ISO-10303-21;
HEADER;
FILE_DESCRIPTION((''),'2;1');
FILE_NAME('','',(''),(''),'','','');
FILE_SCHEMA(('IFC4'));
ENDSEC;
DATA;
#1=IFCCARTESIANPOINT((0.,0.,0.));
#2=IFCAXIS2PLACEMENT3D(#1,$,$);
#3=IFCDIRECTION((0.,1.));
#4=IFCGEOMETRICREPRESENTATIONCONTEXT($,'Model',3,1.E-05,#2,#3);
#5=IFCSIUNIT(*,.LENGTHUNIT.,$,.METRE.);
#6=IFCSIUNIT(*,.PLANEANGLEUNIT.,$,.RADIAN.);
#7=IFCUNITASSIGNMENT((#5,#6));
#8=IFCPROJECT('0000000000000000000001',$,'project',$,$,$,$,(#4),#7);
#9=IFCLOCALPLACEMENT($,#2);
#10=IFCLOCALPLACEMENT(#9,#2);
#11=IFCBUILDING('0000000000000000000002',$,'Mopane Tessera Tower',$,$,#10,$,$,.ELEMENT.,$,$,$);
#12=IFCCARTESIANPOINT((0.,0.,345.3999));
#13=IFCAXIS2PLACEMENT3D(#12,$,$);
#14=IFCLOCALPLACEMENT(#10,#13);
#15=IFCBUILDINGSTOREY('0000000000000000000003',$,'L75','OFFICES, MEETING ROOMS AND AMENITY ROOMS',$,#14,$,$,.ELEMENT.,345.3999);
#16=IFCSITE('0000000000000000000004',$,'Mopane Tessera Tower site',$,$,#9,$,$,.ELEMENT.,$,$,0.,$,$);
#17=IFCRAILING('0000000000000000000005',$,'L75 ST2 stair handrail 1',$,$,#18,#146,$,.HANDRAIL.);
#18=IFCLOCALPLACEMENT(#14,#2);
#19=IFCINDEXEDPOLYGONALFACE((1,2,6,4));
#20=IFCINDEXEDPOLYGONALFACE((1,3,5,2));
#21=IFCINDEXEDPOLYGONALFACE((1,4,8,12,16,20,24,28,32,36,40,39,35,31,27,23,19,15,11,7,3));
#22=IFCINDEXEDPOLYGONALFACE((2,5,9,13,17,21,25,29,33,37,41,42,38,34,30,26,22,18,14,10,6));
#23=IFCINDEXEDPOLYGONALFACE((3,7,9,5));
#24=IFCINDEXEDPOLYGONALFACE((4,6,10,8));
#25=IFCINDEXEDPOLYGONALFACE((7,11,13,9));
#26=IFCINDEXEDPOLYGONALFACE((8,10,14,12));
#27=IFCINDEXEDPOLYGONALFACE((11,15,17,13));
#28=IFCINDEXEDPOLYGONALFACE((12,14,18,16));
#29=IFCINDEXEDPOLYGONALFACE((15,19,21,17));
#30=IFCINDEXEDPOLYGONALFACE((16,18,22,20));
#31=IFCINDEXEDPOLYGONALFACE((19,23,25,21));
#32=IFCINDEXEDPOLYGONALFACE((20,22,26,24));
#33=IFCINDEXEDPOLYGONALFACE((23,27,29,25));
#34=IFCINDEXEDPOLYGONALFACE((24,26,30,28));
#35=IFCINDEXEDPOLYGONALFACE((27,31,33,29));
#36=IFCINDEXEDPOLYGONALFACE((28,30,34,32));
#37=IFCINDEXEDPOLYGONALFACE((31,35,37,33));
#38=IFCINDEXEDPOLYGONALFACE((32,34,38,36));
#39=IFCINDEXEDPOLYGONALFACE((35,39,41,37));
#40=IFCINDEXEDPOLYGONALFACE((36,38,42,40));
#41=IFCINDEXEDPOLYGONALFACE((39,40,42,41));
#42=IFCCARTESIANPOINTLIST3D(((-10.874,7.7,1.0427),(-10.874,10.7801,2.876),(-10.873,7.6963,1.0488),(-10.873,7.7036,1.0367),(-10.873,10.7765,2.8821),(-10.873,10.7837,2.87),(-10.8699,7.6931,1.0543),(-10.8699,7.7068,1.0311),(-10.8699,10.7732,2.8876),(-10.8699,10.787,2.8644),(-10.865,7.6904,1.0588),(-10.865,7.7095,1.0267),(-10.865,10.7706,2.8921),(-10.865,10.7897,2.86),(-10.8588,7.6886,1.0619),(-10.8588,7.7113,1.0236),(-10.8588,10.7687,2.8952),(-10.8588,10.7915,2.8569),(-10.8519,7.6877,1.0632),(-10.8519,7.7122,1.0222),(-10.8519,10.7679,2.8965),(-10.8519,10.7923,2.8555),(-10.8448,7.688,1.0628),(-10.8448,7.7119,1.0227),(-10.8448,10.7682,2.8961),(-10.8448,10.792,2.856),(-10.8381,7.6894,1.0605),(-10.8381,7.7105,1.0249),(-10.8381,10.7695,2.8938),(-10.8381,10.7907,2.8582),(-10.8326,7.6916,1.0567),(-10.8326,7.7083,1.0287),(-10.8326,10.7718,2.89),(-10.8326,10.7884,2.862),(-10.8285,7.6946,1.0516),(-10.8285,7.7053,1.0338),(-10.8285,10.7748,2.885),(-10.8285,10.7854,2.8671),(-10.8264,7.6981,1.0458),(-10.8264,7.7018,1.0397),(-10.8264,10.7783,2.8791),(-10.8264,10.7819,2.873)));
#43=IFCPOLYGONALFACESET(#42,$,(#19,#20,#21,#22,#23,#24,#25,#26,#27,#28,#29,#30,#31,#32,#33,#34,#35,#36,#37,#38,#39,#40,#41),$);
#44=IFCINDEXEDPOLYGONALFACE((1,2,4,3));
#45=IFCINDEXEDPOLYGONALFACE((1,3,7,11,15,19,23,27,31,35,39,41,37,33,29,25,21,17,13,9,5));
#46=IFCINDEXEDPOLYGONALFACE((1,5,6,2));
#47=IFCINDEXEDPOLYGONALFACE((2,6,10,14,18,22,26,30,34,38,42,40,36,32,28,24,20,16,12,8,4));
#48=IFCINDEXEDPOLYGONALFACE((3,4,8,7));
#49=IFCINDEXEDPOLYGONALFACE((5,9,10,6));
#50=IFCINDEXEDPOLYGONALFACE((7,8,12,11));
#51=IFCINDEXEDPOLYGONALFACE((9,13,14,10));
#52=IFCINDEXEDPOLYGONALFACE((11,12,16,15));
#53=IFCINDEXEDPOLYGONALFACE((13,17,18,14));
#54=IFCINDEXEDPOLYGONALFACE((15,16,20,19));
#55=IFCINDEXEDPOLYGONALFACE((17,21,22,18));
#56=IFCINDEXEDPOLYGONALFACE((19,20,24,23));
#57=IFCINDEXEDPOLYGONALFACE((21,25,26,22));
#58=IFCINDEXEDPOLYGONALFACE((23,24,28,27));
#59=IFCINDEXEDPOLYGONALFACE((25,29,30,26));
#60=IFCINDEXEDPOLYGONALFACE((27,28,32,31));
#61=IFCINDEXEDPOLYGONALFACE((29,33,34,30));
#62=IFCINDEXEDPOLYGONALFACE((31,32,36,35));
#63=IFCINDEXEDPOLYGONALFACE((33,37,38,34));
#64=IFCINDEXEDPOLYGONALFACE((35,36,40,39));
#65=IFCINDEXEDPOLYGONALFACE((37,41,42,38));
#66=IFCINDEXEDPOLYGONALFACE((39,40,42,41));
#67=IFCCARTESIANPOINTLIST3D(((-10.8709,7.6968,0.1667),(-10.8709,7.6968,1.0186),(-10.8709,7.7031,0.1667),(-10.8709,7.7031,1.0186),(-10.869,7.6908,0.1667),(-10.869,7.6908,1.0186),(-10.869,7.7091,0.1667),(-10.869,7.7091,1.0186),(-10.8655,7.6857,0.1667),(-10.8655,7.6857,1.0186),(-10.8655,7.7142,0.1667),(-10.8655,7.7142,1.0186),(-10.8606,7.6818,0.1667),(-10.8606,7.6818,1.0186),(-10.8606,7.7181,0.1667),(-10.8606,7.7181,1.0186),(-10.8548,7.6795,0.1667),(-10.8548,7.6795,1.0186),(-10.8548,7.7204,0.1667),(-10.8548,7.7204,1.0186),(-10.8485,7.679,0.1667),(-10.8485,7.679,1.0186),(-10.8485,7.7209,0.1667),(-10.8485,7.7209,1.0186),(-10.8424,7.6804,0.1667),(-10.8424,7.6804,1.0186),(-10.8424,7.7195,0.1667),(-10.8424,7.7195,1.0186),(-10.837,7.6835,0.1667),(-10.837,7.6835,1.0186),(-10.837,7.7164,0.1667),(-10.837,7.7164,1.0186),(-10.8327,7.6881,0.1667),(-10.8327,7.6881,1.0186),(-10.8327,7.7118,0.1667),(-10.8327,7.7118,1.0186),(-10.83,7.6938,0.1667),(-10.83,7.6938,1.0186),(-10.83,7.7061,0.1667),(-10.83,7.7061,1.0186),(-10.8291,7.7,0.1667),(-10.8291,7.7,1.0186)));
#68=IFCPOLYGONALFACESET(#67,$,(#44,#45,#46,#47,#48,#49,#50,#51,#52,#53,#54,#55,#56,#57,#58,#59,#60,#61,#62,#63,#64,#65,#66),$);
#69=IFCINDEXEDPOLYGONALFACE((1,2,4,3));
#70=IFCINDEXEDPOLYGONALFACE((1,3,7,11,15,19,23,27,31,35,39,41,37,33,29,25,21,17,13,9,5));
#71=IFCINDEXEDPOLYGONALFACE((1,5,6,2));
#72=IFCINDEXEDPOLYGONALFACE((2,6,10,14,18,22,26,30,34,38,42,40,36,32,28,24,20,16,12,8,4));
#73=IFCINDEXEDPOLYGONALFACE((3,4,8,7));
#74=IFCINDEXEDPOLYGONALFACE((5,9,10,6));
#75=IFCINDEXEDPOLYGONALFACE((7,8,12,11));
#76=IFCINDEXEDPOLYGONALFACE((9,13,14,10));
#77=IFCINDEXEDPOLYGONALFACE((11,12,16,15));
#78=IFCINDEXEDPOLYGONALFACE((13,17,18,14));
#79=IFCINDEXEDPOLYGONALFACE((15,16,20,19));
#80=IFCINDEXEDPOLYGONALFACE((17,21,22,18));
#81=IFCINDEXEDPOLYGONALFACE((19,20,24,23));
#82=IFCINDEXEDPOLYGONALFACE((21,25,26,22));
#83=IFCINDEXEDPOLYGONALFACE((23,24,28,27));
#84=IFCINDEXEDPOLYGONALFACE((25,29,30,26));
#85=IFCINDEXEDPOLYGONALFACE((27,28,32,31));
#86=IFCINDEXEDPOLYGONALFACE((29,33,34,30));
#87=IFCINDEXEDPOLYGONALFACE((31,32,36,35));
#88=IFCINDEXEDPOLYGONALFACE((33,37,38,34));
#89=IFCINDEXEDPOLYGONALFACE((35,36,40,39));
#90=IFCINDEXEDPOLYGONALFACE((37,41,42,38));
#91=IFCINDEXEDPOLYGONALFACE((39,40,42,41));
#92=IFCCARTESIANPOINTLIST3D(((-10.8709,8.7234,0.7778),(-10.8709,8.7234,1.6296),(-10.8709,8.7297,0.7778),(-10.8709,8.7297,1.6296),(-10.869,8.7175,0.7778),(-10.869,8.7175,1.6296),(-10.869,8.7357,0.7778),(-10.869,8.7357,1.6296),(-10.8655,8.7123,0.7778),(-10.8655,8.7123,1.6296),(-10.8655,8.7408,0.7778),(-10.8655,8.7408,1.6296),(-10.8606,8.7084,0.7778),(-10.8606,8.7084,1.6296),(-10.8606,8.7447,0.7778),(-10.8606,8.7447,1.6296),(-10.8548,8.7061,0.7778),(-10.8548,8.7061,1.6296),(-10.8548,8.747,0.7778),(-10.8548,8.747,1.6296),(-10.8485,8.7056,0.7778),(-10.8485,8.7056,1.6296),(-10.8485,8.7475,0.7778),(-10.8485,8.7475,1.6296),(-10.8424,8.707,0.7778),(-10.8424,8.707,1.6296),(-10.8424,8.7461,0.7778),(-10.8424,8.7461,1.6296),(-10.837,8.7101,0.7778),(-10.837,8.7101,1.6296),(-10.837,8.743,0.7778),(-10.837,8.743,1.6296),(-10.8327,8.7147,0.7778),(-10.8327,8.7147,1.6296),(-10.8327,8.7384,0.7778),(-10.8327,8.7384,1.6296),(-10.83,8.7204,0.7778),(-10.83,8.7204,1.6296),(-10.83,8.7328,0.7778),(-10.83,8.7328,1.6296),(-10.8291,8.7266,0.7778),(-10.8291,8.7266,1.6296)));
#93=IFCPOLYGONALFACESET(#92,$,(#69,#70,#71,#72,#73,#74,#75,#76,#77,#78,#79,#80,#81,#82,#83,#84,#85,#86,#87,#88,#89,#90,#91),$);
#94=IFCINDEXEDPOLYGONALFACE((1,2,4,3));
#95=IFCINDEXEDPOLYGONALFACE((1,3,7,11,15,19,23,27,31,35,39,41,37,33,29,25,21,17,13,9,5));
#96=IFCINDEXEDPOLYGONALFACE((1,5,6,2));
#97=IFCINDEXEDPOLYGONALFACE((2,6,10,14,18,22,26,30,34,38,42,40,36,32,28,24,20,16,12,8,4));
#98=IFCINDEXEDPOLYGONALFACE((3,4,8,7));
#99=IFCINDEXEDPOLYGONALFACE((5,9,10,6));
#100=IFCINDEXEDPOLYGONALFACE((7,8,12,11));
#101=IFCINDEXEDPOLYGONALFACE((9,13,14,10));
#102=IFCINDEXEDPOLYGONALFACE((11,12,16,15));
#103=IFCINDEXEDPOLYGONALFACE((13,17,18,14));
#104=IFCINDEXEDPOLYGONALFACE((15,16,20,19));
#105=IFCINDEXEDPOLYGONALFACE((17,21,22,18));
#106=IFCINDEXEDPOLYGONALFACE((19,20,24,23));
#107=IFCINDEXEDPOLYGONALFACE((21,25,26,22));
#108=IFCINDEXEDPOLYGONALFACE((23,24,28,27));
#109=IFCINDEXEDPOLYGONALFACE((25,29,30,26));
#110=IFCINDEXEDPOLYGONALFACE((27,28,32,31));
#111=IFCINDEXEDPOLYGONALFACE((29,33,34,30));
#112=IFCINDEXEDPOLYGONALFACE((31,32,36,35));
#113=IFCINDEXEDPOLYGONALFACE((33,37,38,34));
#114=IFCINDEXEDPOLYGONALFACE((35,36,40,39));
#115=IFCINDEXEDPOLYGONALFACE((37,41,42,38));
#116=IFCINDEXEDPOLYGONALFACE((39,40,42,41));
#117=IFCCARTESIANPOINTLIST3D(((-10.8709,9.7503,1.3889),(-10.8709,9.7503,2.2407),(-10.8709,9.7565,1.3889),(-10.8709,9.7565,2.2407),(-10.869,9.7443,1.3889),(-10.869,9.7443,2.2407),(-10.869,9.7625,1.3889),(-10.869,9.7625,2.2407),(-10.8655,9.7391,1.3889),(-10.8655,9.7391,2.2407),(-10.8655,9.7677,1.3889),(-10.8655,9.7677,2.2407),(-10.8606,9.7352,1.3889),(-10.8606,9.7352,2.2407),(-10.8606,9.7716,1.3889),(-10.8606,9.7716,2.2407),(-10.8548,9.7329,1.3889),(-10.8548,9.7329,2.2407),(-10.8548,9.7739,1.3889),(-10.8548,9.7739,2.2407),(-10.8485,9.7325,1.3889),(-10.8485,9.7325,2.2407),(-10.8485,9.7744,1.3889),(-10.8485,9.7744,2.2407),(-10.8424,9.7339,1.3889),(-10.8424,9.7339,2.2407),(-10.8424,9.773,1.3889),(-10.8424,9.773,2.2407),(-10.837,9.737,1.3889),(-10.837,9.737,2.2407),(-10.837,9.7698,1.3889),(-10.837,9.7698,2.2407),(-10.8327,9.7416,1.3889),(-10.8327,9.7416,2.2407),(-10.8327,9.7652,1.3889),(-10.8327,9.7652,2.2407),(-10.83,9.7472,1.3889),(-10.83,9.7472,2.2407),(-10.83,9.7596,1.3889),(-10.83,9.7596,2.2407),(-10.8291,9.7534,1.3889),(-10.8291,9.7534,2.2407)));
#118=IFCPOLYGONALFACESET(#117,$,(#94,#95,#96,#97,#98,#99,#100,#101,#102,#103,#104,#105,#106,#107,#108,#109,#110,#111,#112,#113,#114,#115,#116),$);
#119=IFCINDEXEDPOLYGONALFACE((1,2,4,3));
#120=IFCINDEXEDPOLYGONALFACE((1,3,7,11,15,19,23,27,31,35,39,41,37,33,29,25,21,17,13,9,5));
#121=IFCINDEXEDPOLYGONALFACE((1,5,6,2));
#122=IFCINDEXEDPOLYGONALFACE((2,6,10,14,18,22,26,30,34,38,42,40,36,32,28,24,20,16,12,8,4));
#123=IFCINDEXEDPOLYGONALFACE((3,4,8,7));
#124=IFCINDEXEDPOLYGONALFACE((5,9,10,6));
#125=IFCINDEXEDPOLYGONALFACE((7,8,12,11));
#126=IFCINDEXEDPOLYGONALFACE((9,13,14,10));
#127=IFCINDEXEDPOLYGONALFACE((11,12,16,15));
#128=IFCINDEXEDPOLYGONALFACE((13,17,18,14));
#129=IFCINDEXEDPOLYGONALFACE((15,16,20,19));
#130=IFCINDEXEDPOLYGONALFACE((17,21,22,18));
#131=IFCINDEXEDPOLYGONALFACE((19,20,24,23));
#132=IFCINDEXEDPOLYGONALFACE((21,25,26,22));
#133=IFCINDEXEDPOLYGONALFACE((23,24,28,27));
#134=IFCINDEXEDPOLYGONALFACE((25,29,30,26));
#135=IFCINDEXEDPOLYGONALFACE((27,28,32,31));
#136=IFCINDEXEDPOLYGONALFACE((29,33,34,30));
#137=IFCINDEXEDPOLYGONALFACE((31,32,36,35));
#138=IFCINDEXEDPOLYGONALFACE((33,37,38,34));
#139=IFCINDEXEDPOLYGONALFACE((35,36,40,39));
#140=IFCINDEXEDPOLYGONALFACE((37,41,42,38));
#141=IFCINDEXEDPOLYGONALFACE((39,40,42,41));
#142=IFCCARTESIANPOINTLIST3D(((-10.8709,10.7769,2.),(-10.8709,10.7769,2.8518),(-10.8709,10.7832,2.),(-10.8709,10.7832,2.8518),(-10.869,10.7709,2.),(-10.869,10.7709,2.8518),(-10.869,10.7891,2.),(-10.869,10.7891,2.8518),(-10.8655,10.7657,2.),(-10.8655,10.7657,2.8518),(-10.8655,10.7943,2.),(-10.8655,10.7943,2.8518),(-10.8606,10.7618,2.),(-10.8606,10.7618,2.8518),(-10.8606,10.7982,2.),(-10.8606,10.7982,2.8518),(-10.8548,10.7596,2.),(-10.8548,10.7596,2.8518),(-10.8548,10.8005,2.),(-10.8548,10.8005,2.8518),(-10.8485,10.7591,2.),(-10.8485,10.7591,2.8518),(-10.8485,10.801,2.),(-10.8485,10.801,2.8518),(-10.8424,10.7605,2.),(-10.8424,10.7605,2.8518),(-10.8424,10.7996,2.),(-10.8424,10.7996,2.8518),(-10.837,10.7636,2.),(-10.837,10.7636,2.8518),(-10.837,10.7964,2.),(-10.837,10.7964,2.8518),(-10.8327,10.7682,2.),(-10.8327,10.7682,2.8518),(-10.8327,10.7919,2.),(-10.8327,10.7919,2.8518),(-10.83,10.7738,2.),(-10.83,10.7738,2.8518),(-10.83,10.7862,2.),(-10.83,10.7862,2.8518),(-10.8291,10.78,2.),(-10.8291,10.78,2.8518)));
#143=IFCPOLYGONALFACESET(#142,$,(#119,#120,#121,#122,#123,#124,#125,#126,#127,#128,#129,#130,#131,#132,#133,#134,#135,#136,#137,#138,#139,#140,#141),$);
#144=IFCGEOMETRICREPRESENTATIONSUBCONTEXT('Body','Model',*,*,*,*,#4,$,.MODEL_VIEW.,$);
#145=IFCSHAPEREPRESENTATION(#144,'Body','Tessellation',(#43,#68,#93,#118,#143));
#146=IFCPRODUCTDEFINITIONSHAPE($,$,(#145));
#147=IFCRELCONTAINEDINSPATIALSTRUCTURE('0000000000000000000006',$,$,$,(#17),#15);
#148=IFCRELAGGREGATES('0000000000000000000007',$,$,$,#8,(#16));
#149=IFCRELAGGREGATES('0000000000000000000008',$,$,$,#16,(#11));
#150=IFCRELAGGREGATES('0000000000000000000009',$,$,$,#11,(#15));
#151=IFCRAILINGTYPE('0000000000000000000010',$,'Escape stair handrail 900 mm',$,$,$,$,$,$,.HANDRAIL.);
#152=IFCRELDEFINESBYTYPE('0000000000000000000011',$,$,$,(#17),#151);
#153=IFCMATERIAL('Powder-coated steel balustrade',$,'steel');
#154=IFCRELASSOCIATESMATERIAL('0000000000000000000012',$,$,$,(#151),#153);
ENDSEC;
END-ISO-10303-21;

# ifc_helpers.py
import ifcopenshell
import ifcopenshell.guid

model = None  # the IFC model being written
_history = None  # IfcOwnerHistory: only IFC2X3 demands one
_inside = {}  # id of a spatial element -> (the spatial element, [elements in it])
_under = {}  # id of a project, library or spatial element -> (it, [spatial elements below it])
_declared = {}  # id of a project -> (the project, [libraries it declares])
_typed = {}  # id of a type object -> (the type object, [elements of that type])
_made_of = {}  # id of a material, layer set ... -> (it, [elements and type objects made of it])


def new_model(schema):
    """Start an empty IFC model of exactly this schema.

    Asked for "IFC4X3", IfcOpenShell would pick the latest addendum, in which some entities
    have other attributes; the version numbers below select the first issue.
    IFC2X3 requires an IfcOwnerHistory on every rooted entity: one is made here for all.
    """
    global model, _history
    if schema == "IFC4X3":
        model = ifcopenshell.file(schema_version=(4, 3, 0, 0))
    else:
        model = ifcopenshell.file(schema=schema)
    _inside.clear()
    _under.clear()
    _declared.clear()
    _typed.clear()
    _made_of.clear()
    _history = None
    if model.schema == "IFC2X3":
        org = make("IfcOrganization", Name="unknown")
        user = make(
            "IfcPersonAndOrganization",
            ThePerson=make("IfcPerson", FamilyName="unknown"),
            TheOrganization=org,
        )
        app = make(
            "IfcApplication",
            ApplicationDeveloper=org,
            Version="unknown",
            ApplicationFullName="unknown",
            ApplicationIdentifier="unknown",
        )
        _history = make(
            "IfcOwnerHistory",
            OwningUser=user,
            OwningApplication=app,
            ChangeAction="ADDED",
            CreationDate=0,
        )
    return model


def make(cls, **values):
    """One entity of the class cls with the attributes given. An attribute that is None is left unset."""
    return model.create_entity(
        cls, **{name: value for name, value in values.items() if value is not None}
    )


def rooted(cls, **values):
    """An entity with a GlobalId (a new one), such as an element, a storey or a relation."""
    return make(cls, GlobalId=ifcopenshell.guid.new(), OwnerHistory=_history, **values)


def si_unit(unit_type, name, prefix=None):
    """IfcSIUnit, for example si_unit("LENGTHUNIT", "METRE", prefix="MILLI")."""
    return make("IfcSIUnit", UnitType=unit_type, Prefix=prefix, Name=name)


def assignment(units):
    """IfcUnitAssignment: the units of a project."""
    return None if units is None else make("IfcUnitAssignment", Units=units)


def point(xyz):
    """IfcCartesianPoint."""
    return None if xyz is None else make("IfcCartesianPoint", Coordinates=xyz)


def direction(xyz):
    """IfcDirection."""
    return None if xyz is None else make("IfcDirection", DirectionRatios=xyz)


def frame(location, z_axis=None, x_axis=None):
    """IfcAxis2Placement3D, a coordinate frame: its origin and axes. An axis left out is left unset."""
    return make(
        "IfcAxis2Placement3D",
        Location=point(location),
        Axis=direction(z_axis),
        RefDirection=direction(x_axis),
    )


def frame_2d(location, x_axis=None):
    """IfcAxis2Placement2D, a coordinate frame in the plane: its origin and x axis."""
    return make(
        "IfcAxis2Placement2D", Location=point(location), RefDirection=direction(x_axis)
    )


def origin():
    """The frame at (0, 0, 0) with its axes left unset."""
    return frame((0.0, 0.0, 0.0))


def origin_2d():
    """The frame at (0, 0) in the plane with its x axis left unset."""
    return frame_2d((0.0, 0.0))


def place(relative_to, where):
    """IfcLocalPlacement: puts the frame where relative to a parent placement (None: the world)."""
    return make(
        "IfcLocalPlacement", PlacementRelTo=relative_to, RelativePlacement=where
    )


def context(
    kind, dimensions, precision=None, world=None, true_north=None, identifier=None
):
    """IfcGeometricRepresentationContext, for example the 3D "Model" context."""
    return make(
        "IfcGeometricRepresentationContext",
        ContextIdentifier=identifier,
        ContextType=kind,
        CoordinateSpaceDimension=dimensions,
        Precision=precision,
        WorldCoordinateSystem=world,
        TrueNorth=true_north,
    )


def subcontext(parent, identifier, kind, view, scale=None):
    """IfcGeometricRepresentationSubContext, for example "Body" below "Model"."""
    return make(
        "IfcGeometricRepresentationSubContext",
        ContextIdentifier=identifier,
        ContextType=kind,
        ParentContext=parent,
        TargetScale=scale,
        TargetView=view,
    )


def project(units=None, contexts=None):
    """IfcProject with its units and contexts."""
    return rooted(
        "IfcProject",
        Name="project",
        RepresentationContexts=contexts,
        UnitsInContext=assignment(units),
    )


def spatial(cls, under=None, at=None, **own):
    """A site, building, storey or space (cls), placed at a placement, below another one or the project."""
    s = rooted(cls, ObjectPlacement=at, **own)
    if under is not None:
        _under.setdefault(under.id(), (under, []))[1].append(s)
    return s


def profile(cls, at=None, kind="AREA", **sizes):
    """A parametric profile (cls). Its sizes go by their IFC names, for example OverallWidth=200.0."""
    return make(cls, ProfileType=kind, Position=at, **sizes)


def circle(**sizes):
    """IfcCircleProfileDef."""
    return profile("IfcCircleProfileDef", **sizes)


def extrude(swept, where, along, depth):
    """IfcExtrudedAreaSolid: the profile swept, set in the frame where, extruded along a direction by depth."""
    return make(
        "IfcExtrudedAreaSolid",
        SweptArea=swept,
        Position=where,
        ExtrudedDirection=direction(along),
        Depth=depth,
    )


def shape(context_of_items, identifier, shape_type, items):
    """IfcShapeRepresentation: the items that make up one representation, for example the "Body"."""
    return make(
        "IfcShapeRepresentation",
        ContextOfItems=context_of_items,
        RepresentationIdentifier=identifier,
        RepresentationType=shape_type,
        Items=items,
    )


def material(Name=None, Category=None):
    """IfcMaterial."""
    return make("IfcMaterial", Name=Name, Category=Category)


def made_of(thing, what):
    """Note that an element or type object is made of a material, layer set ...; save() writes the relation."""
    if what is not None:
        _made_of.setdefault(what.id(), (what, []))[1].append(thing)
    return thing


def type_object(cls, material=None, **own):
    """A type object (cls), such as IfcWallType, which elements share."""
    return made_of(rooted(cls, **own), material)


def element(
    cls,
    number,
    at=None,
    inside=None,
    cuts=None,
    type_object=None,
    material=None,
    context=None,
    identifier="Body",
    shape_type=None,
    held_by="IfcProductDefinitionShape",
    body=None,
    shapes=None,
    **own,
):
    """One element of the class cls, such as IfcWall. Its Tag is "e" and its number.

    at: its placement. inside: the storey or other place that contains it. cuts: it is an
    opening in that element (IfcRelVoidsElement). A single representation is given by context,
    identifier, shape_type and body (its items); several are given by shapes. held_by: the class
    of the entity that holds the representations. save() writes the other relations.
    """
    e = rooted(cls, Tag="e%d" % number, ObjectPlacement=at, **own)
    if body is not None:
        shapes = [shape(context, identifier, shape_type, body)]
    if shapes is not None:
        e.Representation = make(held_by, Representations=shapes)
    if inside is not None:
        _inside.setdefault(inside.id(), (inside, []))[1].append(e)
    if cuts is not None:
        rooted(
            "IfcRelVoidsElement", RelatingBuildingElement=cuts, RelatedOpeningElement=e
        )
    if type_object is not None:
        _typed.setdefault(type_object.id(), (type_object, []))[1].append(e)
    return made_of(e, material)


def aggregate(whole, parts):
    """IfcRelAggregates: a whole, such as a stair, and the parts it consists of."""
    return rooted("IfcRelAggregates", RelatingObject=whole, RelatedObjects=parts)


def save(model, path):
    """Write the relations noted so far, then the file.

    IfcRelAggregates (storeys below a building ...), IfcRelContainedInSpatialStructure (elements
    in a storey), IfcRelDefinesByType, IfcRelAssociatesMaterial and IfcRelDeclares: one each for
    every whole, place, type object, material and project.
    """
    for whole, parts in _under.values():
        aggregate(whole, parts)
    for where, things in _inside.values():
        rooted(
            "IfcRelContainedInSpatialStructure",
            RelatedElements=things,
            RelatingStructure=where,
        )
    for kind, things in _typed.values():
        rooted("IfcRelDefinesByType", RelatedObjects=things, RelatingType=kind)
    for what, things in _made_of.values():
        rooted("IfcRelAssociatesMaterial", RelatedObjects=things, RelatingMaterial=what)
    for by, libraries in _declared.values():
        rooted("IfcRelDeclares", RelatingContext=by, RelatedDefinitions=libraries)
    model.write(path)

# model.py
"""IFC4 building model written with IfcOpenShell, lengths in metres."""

from ifc_helpers import new_model, si_unit, direction, frame, origin, origin_2d, place, context, subcontext, project, spatial, circle, extrude, material, type_object, element, save


model = new_model("IFC4")

# Units and contexts
model_context = context("Model", 3, precision=1e-05, world=origin(), true_north=direction((0.0, 1.0)))
body_context = subcontext(model_context, "Body", "Model", "MODEL_VIEW")
ifc_project = project(units=[si_unit("LENGTHUNIT", "METRE"), si_unit("PLANEANGLEUNIT", "RADIAN")], contexts=[model_context])

# Site, building, storey
site_placement = place(None, origin())
site = spatial("IfcSite", under=ifc_project, at=site_placement, Name="Mopane Tessera Tower site", CompositionType="ELEMENT", RefElevation=0.0)
building_placement = place(site_placement, origin())
building = spatial("IfcBuilding", under=site, at=building_placement, Name="Mopane Tessera Tower", CompositionType="ELEMENT")
storey_placement = place(building_placement, frame((0.0, 0.0, 345.3999)))
storey = spatial("IfcBuildingStorey", under=building, at=storey_placement, Name="L75", Description="OFFICES, MEETING ROOMS AND AMENITY ROOMS", CompositionType="ELEMENT", Elevation=345.3999)

# Railing
ifc_material_1 = material(Name="Powder-coated steel balustrade", Category="steel")
railing_type_1 = type_object("IfcRailingType", Name="Escape stair handrail 900 mm", PredefinedType="HANDRAIL", material=ifc_material_1)
railing_1_placement = place(storey_placement, frame((-10.8501, 7.7, 0.1667)))
element("IfcRailing", 1, at=railing_1_placement, inside=storey, type_object=railing_type_1, Name="L75 ST2 stair handrail 1", PredefinedType="HANDRAIL", context=body_context, shape_type="SweptSolid", body=[
    extrude(circle(Radius=0.0239, at=origin_2d()), frame((0.0, 0.0, 0.876), z_axis=(0.0, 0.859309, 0.511458), x_axis=(-1.0, 0.0, 0.0)), (0.0, 0.0, 1.0), 3.5845),
    extrude(circle(Radius=0.021, at=origin_2d()), origin(), (0.0, 0.0, 1.0), 0.8518),
    extrude(circle(Radius=0.021, at=origin_2d()), frame((0.0, 1.0266, 0.6111)), (0.0, 0.0, 1.0), 0.8518),
    extrude(circle(Radius=0.021, at=origin_2d()), frame((0.0, 2.0535, 1.2222)), (0.0, 0.0, 1.0), 0.8518),
    extrude(circle(Radius=0.021, at=origin_2d()), frame((0.0, 3.0801, 1.8333)), (0.0, 0.0, 1.0), 0.8518),
])

save(model, "model.ifc")
